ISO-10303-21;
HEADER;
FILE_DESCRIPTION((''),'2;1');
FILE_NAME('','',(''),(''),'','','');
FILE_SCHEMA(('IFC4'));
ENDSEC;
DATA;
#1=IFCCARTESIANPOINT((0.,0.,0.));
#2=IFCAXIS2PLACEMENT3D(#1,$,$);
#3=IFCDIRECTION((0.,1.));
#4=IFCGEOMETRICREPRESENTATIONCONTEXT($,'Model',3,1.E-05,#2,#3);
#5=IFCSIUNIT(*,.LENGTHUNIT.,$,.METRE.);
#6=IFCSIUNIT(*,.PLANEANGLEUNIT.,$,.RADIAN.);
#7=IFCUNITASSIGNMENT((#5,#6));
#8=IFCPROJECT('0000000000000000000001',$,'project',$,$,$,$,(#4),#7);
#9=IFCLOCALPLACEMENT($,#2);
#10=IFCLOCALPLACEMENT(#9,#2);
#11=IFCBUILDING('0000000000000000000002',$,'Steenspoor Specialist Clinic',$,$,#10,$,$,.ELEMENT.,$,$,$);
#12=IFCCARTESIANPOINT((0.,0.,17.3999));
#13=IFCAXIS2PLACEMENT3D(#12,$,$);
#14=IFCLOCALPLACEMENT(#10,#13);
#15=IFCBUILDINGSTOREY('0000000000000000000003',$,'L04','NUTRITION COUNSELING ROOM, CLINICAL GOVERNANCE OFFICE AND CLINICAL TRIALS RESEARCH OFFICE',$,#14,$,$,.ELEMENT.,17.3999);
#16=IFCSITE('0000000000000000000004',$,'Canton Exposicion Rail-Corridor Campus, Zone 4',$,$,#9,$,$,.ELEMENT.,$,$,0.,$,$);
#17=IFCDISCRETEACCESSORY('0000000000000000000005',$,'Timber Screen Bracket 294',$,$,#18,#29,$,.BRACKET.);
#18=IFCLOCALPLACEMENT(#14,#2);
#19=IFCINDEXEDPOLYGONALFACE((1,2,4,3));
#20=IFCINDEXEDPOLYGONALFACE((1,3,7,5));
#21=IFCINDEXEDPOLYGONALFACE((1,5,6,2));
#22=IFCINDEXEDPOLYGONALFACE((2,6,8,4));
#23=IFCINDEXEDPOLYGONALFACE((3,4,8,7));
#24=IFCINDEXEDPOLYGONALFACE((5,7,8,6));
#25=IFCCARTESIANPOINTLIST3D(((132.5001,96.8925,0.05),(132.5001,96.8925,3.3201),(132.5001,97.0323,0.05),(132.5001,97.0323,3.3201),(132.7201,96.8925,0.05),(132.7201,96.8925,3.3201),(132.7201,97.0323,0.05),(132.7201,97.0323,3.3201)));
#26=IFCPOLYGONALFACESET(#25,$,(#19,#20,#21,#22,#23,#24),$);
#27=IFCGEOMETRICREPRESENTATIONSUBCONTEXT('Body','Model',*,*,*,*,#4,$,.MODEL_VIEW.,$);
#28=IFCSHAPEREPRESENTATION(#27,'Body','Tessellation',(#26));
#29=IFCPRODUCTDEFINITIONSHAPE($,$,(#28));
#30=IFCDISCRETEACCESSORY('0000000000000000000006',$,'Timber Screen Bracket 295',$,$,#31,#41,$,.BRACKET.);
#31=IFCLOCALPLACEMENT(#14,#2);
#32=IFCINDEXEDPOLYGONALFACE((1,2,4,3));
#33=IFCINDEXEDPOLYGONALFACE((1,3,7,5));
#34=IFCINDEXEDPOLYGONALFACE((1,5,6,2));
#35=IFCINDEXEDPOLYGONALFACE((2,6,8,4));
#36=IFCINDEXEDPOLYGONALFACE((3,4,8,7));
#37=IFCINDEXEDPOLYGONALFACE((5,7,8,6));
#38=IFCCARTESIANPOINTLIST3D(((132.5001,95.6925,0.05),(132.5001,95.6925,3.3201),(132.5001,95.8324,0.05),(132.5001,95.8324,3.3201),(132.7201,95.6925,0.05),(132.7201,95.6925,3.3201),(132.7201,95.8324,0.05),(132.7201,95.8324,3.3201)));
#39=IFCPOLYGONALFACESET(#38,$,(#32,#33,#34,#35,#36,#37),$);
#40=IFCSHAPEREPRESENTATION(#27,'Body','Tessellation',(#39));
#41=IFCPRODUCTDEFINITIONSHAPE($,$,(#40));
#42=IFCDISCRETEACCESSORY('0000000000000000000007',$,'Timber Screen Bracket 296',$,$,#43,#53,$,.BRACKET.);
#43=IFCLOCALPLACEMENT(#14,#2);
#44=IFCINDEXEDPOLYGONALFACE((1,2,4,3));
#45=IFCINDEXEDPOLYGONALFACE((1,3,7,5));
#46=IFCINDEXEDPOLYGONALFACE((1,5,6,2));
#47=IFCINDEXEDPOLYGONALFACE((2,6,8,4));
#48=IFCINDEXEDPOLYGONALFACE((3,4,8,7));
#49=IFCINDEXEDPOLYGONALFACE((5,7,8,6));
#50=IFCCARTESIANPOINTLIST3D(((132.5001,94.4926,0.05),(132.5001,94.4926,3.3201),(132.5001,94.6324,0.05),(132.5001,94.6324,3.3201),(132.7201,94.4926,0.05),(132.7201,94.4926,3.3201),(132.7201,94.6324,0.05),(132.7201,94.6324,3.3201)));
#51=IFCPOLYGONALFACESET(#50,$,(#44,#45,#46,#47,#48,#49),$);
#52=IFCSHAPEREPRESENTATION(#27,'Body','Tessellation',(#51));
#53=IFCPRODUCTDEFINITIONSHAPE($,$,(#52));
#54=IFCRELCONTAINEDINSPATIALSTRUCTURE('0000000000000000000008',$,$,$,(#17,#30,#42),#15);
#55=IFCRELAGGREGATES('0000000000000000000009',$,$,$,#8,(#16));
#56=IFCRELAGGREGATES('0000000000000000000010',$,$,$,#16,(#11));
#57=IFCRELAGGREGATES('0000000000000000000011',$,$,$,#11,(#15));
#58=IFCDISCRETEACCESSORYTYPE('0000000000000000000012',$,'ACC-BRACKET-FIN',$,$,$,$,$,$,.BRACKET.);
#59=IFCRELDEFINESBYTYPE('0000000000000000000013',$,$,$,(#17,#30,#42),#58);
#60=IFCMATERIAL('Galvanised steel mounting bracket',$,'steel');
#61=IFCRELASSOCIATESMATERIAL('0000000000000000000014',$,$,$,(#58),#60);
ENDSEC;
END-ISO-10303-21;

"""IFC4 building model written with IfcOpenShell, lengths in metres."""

from ifc_helpers import new_model, si_unit, direction, frame, origin, origin_2d, place, context, subcontext, project, spatial, rectangle, extrude, material, type_object, element, save


model = new_model("IFC4")

# Units and contexts
model_context = context("Model", 3, precision=1e-05, world=origin(), true_north=direction((0.0, 1.0)))
body_context = subcontext(model_context, "Body", "Model", "MODEL_VIEW")
ifc_project = project(units=[si_unit("LENGTHUNIT", "METRE"), si_unit("PLANEANGLEUNIT", "RADIAN")], contexts=[model_context])

# Site, building, storey
site_placement = place(None, origin())
site = spatial("IfcSite", under=ifc_project, at=site_placement, Name="Canton Exposicion Rail-Corridor Campus, Zone 4", CompositionType="ELEMENT", RefElevation=0.0)
building_placement = place(site_placement, origin())
building = spatial("IfcBuilding", under=site, at=building_placement, Name="Steenspoor Specialist Clinic", CompositionType="ELEMENT")
storey_placement = place(building_placement, frame((0.0, 0.0, 17.3999)))
storey = spatial("IfcBuildingStorey", under=building, at=storey_placement, Name="L04", Description="NUTRITION COUNSELING ROOM, CLINICAL GOVERNANCE OFFICE AND CLINICAL TRIALS RESEARCH OFFICE", CompositionType="ELEMENT", Elevation=17.3999)

# Discrete accessories
ifc_material_1 = material(Name="Galvanised steel mounting bracket", Category="steel")
discrete_accessory_type = type_object("IfcDiscreteAccessoryType", Name="ACC-BRACKET-FIN", PredefinedType="BRACKET", material=ifc_material_1)
for number, where, z_axis, x_axis, name in (
    (1, (132.6101, 96.9624, 0.05), (0.0, 0.0, 1.0), (1.0, 0.0, 0.0), "Timber Screen Bracket 294"),
    (2, (132.6101, 95.7625, 0.05), (0.0, 0.0, 1.0), (1.0, 0.0, 0.0), "Timber Screen Bracket 295"),
    (3, (132.6101, 94.5625, 0.05), (0.0, 0.0, 1.0), (1.0, 0.0, 0.0), "Timber Screen Bracket 296"),
):
    element("IfcDiscreteAccessory", number, at=place(storey_placement, frame(where, z_axis=z_axis, x_axis=x_axis)), inside=storey, type_object=discrete_accessory_type, Name=name, PredefinedType="BRACKET", context=body_context, shape_type="SweptSolid", body=[
        extrude(rectangle(XDim=0.22, YDim=0.1399, at=origin_2d()), origin(), (0.0, 0.0, 1.0), 3.27),
    ])

save(model, "model.ifc")
